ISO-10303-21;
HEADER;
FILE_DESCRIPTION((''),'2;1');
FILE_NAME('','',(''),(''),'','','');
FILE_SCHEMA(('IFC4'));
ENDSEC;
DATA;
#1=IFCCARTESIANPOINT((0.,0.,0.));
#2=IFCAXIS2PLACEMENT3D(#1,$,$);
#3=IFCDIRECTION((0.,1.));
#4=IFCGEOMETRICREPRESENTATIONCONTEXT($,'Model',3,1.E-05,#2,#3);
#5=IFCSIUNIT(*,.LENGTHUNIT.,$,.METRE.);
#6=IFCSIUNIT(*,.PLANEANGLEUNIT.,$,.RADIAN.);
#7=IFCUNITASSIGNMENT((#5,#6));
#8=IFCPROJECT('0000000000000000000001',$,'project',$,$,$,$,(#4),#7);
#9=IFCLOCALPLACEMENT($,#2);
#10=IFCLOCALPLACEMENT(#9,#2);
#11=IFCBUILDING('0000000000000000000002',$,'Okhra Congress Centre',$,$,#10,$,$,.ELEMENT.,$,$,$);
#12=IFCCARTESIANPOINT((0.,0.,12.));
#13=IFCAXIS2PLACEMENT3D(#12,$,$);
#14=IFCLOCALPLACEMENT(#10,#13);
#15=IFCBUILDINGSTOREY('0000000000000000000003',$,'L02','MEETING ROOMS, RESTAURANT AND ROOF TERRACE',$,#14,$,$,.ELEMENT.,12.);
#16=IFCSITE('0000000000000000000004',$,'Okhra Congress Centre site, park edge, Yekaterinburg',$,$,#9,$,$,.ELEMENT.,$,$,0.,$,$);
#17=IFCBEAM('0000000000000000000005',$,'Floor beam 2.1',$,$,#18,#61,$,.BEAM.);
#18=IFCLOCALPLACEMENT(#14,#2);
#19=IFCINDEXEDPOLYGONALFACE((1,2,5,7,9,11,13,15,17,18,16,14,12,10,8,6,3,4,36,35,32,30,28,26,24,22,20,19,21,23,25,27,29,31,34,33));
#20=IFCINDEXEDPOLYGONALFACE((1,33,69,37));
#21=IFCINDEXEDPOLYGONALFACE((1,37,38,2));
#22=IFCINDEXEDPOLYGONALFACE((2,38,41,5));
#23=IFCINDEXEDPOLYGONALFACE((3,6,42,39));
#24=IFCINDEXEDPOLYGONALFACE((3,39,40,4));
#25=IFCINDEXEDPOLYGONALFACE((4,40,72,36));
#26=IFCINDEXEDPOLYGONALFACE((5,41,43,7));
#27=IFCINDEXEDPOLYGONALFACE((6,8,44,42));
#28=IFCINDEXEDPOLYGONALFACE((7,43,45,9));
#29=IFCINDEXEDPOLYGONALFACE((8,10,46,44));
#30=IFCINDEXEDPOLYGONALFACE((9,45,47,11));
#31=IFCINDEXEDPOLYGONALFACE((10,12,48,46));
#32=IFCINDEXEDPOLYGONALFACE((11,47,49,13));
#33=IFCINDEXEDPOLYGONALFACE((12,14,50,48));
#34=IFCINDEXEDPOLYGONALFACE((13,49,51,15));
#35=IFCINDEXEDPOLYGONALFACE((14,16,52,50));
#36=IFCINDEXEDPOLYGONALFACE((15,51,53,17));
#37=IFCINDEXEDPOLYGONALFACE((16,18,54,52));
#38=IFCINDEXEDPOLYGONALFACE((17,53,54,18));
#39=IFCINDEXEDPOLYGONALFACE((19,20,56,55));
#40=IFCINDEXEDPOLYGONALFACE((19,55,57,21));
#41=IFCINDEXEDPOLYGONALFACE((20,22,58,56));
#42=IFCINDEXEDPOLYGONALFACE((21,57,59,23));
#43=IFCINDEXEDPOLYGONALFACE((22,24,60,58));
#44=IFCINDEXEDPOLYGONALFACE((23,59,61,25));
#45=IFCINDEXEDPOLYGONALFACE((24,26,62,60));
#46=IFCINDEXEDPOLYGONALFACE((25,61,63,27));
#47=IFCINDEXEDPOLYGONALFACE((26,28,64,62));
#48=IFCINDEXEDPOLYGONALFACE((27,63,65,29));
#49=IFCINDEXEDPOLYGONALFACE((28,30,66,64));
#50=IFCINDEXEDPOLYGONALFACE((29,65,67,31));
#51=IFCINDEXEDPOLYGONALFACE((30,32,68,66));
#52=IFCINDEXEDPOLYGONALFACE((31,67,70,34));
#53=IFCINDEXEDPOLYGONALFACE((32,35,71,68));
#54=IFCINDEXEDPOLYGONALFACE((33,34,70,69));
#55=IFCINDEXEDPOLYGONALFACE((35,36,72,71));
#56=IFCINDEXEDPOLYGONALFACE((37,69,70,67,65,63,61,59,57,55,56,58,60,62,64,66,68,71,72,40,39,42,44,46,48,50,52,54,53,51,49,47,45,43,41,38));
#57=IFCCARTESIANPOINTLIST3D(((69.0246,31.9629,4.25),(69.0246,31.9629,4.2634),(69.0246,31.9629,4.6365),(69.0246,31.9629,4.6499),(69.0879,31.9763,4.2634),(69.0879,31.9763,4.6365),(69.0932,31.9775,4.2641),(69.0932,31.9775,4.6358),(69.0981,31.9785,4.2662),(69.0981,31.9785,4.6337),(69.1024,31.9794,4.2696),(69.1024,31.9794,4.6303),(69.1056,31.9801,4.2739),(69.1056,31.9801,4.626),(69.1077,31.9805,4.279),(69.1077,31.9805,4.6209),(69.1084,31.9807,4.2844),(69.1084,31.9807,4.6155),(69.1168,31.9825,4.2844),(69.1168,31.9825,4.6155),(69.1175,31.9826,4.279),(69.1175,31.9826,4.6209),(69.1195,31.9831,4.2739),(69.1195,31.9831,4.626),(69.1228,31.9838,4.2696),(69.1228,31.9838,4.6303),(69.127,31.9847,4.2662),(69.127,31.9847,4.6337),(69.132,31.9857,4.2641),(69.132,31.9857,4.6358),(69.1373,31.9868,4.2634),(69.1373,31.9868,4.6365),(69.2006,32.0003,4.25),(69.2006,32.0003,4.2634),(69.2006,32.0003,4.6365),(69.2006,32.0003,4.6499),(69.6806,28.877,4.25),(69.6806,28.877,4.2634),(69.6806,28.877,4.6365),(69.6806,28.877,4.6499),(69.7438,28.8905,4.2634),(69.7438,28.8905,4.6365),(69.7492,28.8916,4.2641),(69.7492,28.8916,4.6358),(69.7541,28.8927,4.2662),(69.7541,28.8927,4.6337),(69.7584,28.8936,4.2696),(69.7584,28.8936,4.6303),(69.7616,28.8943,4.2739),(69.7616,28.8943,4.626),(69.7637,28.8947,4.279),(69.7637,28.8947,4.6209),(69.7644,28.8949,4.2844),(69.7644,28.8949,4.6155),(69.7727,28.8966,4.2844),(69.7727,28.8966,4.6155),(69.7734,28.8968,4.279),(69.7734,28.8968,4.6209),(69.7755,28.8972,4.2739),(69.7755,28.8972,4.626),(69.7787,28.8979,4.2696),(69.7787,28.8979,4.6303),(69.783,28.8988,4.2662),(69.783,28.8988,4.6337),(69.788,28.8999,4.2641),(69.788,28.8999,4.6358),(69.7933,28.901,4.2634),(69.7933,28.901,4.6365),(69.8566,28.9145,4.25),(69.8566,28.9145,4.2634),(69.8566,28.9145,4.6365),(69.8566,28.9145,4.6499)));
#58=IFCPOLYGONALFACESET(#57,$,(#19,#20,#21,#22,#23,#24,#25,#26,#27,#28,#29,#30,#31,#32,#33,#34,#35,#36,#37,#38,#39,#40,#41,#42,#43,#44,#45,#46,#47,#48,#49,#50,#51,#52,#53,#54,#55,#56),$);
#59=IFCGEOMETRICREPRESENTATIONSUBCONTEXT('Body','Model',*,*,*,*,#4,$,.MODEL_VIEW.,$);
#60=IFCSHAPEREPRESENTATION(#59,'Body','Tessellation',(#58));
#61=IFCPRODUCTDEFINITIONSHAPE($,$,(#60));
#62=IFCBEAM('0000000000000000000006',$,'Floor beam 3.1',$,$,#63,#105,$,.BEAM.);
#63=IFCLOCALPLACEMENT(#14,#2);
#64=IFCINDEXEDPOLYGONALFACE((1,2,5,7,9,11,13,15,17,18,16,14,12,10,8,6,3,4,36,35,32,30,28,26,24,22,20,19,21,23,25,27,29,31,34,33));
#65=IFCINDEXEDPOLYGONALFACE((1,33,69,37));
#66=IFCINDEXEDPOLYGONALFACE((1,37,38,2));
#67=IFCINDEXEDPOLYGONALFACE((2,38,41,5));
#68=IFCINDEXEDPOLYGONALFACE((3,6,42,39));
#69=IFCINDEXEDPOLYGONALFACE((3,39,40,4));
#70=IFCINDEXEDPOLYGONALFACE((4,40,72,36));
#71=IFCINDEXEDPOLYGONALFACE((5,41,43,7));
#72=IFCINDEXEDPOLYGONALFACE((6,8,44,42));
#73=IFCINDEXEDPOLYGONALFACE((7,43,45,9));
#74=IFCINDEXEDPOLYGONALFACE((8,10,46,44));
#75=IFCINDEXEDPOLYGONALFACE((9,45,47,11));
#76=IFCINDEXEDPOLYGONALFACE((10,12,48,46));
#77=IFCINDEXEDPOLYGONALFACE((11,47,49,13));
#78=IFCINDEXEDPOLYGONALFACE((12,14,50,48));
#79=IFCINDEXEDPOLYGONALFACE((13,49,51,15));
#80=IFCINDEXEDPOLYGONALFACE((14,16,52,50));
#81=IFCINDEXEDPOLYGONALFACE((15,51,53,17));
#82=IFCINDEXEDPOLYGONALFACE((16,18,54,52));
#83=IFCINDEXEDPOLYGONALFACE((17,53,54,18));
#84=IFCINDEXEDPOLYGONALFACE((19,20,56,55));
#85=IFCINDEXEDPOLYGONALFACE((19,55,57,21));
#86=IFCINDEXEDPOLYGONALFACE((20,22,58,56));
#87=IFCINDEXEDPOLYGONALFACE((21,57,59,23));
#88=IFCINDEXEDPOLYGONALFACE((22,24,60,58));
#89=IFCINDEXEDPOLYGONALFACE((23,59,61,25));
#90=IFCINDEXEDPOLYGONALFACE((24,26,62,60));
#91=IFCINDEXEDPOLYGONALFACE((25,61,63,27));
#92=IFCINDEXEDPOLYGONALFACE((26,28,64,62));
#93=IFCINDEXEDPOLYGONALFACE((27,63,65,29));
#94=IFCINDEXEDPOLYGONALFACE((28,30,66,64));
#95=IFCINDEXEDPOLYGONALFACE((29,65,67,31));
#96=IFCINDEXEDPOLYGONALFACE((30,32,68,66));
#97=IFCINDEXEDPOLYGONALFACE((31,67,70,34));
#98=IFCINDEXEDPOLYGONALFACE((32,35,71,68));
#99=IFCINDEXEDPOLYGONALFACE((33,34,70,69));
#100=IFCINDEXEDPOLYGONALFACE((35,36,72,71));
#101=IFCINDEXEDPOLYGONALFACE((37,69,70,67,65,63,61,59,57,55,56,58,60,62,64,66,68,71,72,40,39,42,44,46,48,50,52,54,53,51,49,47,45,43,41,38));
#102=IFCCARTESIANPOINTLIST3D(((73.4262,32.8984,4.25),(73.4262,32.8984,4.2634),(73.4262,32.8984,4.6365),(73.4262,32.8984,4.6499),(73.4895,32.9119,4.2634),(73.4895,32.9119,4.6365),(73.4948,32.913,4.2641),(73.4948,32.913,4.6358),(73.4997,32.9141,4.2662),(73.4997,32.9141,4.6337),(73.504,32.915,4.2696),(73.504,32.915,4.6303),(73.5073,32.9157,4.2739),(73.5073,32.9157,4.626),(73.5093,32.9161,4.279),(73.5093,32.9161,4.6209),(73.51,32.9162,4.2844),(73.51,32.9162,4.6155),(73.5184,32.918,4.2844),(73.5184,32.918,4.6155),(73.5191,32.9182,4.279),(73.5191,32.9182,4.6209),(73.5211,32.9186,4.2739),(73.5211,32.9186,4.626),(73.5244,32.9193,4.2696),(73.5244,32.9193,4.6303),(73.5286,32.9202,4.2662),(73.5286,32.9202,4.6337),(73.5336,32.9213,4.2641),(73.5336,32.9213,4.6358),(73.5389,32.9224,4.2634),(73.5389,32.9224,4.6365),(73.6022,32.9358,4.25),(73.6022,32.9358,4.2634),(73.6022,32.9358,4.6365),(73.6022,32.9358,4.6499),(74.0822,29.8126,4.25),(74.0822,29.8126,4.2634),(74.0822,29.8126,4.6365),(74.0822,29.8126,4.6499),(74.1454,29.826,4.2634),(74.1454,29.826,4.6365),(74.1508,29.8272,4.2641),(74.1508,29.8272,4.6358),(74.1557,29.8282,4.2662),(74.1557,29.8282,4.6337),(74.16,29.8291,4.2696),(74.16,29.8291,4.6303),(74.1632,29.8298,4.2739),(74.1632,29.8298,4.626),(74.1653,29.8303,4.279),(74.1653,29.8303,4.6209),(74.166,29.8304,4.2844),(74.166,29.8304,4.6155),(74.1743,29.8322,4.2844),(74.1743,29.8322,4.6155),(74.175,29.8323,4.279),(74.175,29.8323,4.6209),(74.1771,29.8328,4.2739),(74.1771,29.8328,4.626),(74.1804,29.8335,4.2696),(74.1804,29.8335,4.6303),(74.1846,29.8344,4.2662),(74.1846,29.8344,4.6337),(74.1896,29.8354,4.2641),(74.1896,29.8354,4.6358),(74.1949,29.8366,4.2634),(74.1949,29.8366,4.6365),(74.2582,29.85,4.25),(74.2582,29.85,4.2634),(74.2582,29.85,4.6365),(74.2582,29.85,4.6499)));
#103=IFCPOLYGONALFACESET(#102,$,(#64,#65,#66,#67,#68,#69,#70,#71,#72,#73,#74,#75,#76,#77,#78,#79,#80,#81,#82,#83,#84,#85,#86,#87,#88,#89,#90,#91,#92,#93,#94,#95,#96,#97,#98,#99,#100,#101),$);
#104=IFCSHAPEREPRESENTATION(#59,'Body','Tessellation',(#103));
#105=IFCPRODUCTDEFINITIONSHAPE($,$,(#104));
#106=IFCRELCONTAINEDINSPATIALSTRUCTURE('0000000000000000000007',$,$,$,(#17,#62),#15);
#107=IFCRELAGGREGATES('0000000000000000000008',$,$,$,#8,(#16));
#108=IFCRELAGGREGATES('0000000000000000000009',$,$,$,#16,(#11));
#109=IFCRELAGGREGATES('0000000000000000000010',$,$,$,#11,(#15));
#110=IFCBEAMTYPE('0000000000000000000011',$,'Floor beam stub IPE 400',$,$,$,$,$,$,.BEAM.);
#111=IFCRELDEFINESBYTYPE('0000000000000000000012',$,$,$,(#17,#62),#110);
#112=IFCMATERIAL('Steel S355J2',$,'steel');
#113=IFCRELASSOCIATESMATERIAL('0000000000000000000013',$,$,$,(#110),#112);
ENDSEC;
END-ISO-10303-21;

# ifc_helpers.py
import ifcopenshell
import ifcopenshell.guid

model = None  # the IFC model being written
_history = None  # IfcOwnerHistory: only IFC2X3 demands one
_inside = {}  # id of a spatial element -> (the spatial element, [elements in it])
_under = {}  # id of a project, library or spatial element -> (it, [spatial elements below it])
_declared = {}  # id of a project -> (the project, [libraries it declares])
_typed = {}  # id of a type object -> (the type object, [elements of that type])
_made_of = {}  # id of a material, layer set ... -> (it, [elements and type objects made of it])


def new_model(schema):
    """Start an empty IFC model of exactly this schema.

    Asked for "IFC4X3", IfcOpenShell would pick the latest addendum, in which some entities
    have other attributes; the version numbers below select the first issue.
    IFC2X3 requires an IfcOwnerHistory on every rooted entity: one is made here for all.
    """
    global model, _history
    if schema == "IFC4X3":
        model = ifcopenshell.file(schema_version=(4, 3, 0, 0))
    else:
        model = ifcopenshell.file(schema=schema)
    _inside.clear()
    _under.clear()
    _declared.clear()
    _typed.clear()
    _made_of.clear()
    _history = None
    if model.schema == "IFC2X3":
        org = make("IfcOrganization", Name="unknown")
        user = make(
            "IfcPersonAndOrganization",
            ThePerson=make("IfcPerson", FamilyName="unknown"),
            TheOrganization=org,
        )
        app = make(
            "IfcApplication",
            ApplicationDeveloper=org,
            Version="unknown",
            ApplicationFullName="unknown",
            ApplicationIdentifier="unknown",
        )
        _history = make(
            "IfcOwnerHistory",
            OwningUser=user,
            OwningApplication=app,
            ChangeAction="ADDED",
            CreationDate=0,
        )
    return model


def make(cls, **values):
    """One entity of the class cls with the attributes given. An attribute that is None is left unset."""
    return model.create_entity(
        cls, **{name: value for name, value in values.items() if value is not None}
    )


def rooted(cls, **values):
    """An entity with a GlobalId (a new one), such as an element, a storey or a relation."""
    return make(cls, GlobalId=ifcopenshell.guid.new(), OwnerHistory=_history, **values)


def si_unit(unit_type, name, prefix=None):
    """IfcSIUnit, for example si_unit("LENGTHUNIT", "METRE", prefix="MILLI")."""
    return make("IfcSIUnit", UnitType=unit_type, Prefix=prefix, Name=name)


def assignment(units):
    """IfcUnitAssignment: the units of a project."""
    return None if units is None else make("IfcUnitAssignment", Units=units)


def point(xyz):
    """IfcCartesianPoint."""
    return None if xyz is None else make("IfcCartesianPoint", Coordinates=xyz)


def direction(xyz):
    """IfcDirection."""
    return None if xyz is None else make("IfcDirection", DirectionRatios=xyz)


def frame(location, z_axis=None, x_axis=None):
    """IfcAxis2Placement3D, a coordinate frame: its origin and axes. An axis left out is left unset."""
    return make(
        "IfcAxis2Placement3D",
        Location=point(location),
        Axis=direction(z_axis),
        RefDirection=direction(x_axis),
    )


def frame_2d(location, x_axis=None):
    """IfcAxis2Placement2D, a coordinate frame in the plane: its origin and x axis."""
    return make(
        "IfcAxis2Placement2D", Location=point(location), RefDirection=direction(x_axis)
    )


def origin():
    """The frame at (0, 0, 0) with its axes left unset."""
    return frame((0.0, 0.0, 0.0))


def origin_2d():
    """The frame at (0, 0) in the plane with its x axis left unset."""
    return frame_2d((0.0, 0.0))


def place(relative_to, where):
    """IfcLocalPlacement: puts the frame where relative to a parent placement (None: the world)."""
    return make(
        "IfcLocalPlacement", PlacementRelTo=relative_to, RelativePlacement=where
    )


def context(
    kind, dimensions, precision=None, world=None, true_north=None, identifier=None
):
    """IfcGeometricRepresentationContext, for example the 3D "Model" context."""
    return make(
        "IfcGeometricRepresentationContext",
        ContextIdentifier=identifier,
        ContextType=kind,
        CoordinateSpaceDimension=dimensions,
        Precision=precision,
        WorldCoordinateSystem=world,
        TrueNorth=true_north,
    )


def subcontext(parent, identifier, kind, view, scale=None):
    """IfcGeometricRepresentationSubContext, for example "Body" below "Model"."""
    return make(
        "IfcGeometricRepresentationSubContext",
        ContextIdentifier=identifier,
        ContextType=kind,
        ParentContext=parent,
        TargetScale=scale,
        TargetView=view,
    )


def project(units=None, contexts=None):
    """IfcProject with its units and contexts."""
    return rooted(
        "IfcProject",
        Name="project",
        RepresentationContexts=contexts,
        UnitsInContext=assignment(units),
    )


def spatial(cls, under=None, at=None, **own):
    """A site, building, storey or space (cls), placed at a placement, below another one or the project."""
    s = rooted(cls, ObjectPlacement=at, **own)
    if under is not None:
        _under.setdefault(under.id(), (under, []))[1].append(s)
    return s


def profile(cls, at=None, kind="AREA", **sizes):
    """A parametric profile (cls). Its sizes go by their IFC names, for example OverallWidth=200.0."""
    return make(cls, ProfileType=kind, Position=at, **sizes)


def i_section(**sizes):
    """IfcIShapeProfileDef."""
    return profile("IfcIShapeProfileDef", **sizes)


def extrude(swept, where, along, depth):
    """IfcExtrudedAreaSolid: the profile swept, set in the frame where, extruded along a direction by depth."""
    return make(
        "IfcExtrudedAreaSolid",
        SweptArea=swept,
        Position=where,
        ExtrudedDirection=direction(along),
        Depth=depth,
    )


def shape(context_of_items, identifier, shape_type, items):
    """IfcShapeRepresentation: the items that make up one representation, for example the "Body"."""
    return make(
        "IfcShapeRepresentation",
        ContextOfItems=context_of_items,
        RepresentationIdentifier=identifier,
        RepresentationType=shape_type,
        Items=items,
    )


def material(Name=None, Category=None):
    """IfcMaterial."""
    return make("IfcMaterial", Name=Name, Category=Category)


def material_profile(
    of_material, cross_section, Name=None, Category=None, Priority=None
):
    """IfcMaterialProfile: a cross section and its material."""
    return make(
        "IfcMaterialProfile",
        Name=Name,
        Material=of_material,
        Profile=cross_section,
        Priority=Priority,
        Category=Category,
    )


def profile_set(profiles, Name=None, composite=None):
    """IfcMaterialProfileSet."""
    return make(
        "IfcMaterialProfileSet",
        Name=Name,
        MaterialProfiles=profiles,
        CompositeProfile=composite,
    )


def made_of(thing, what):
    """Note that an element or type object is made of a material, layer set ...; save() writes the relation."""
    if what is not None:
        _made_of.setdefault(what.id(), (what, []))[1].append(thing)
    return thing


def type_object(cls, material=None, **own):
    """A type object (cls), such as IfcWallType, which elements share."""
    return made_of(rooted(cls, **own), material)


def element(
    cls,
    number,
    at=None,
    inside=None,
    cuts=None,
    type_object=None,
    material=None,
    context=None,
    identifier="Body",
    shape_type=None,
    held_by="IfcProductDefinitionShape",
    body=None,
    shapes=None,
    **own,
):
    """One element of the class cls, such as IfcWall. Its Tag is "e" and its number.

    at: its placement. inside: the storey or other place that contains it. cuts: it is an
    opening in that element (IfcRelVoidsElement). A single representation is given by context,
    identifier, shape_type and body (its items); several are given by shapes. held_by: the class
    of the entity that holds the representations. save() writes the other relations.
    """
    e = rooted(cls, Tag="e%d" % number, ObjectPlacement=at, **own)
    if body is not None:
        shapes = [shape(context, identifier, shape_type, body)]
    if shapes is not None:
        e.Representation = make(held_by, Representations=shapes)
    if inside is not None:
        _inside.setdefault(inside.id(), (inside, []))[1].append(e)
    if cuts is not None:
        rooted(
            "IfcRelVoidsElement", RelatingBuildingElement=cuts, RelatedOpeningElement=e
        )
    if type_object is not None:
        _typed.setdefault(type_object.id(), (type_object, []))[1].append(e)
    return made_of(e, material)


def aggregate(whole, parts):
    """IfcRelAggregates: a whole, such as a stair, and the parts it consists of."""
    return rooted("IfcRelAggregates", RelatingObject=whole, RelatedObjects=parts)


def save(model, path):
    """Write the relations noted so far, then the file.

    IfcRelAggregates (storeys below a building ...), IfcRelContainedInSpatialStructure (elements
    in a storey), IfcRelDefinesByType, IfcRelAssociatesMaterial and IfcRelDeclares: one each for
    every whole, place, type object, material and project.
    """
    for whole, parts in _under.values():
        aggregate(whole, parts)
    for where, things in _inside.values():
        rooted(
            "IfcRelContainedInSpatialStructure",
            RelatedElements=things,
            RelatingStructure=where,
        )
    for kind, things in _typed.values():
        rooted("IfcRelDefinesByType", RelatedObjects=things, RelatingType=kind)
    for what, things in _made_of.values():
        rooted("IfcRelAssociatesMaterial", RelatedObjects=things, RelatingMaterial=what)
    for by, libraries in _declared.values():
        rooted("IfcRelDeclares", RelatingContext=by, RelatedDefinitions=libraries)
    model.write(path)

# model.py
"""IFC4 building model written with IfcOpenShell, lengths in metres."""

from ifc_helpers import new_model, si_unit, direction, frame, origin, origin_2d, place, context, subcontext, project, spatial, i_section, extrude, material, material_profile, profile_set, type_object, element, save


model = new_model("IFC4")

# Units and contexts
model_context = context("Model", 3, precision=1e-05, world=origin(), true_north=direction((0.0, 1.0)))
body_context = subcontext(model_context, "Body", "Model", "MODEL_VIEW")
ifc_project = project(units=[si_unit("LENGTHUNIT", "METRE"), si_unit("PLANEANGLEUNIT", "RADIAN")], contexts=[model_context])

# Site, building, storey
site_placement = place(None, origin())
site = spatial("IfcSite", under=ifc_project, at=site_placement, Name="Okhra Congress Centre site, park edge, Yekaterinburg", CompositionType="ELEMENT", RefElevation=0.0)
building_placement = place(site_placement, origin())
building = spatial("IfcBuilding", under=site, at=building_placement, Name="Okhra Congress Centre", CompositionType="ELEMENT")
storey_placement = place(building_placement, frame((0.0, 0.0, 12.0)))
storey = spatial("IfcBuildingStorey", under=building, at=storey_placement, Name="L02", Description="MEETING ROOMS, RESTAURANT AND ROOF TERRACE", CompositionType="ELEMENT", Elevation=12.0)

# Shared definitions
ifc_material_1 = material(Name="Steel S355J2", Category="steel")

# Beams
ifc_material_profile_1 = material_profile(ifc_material_1, i_section(OverallWidth=0.1799, OverallDepth=0.3999, WebThickness=0.0085, FlangeThickness=0.0134, FilletRadius=0.021, at=origin_2d()), Name="IPE 400")
ifc_profile_set_1 = profile_set([ifc_material_profile_1], Name="Steel S355J2")
beam_type_1 = type_object("IfcBeamType", Name="Floor beam stub IPE 400", PredefinedType="BEAM", material=ifc_profile_set_1)
for number, where, z_axis, x_axis, name in (
    (1, (69.7686, 28.8958, 4.45), (-0.207933, 0.978143, 0.0), (-0.978143, -0.207933, 0.0), "Floor beam 2.1"),
    (2, (74.1702, 29.8313, 4.45), (-0.207933, 0.978143, 0.0), (-0.978143, -0.207933, 0.0), "Floor beam 3.1"),
):
    element("IfcBeam", number, at=place(storey_placement, frame(where, z_axis=z_axis, x_axis=x_axis)), inside=storey, type_object=beam_type_1, Name=name, PredefinedType="BEAM", context=body_context, shape_type="SweptSolid", body=[
        extrude(i_section(OverallWidth=0.1799, OverallDepth=0.3999, WebThickness=0.0085, FlangeThickness=0.0134, FilletRadius=0.021, at=origin_2d()), origin(), (0.0, 0.0, 1.0), 3.1548),
    ])

save(model, "model.ifc")
